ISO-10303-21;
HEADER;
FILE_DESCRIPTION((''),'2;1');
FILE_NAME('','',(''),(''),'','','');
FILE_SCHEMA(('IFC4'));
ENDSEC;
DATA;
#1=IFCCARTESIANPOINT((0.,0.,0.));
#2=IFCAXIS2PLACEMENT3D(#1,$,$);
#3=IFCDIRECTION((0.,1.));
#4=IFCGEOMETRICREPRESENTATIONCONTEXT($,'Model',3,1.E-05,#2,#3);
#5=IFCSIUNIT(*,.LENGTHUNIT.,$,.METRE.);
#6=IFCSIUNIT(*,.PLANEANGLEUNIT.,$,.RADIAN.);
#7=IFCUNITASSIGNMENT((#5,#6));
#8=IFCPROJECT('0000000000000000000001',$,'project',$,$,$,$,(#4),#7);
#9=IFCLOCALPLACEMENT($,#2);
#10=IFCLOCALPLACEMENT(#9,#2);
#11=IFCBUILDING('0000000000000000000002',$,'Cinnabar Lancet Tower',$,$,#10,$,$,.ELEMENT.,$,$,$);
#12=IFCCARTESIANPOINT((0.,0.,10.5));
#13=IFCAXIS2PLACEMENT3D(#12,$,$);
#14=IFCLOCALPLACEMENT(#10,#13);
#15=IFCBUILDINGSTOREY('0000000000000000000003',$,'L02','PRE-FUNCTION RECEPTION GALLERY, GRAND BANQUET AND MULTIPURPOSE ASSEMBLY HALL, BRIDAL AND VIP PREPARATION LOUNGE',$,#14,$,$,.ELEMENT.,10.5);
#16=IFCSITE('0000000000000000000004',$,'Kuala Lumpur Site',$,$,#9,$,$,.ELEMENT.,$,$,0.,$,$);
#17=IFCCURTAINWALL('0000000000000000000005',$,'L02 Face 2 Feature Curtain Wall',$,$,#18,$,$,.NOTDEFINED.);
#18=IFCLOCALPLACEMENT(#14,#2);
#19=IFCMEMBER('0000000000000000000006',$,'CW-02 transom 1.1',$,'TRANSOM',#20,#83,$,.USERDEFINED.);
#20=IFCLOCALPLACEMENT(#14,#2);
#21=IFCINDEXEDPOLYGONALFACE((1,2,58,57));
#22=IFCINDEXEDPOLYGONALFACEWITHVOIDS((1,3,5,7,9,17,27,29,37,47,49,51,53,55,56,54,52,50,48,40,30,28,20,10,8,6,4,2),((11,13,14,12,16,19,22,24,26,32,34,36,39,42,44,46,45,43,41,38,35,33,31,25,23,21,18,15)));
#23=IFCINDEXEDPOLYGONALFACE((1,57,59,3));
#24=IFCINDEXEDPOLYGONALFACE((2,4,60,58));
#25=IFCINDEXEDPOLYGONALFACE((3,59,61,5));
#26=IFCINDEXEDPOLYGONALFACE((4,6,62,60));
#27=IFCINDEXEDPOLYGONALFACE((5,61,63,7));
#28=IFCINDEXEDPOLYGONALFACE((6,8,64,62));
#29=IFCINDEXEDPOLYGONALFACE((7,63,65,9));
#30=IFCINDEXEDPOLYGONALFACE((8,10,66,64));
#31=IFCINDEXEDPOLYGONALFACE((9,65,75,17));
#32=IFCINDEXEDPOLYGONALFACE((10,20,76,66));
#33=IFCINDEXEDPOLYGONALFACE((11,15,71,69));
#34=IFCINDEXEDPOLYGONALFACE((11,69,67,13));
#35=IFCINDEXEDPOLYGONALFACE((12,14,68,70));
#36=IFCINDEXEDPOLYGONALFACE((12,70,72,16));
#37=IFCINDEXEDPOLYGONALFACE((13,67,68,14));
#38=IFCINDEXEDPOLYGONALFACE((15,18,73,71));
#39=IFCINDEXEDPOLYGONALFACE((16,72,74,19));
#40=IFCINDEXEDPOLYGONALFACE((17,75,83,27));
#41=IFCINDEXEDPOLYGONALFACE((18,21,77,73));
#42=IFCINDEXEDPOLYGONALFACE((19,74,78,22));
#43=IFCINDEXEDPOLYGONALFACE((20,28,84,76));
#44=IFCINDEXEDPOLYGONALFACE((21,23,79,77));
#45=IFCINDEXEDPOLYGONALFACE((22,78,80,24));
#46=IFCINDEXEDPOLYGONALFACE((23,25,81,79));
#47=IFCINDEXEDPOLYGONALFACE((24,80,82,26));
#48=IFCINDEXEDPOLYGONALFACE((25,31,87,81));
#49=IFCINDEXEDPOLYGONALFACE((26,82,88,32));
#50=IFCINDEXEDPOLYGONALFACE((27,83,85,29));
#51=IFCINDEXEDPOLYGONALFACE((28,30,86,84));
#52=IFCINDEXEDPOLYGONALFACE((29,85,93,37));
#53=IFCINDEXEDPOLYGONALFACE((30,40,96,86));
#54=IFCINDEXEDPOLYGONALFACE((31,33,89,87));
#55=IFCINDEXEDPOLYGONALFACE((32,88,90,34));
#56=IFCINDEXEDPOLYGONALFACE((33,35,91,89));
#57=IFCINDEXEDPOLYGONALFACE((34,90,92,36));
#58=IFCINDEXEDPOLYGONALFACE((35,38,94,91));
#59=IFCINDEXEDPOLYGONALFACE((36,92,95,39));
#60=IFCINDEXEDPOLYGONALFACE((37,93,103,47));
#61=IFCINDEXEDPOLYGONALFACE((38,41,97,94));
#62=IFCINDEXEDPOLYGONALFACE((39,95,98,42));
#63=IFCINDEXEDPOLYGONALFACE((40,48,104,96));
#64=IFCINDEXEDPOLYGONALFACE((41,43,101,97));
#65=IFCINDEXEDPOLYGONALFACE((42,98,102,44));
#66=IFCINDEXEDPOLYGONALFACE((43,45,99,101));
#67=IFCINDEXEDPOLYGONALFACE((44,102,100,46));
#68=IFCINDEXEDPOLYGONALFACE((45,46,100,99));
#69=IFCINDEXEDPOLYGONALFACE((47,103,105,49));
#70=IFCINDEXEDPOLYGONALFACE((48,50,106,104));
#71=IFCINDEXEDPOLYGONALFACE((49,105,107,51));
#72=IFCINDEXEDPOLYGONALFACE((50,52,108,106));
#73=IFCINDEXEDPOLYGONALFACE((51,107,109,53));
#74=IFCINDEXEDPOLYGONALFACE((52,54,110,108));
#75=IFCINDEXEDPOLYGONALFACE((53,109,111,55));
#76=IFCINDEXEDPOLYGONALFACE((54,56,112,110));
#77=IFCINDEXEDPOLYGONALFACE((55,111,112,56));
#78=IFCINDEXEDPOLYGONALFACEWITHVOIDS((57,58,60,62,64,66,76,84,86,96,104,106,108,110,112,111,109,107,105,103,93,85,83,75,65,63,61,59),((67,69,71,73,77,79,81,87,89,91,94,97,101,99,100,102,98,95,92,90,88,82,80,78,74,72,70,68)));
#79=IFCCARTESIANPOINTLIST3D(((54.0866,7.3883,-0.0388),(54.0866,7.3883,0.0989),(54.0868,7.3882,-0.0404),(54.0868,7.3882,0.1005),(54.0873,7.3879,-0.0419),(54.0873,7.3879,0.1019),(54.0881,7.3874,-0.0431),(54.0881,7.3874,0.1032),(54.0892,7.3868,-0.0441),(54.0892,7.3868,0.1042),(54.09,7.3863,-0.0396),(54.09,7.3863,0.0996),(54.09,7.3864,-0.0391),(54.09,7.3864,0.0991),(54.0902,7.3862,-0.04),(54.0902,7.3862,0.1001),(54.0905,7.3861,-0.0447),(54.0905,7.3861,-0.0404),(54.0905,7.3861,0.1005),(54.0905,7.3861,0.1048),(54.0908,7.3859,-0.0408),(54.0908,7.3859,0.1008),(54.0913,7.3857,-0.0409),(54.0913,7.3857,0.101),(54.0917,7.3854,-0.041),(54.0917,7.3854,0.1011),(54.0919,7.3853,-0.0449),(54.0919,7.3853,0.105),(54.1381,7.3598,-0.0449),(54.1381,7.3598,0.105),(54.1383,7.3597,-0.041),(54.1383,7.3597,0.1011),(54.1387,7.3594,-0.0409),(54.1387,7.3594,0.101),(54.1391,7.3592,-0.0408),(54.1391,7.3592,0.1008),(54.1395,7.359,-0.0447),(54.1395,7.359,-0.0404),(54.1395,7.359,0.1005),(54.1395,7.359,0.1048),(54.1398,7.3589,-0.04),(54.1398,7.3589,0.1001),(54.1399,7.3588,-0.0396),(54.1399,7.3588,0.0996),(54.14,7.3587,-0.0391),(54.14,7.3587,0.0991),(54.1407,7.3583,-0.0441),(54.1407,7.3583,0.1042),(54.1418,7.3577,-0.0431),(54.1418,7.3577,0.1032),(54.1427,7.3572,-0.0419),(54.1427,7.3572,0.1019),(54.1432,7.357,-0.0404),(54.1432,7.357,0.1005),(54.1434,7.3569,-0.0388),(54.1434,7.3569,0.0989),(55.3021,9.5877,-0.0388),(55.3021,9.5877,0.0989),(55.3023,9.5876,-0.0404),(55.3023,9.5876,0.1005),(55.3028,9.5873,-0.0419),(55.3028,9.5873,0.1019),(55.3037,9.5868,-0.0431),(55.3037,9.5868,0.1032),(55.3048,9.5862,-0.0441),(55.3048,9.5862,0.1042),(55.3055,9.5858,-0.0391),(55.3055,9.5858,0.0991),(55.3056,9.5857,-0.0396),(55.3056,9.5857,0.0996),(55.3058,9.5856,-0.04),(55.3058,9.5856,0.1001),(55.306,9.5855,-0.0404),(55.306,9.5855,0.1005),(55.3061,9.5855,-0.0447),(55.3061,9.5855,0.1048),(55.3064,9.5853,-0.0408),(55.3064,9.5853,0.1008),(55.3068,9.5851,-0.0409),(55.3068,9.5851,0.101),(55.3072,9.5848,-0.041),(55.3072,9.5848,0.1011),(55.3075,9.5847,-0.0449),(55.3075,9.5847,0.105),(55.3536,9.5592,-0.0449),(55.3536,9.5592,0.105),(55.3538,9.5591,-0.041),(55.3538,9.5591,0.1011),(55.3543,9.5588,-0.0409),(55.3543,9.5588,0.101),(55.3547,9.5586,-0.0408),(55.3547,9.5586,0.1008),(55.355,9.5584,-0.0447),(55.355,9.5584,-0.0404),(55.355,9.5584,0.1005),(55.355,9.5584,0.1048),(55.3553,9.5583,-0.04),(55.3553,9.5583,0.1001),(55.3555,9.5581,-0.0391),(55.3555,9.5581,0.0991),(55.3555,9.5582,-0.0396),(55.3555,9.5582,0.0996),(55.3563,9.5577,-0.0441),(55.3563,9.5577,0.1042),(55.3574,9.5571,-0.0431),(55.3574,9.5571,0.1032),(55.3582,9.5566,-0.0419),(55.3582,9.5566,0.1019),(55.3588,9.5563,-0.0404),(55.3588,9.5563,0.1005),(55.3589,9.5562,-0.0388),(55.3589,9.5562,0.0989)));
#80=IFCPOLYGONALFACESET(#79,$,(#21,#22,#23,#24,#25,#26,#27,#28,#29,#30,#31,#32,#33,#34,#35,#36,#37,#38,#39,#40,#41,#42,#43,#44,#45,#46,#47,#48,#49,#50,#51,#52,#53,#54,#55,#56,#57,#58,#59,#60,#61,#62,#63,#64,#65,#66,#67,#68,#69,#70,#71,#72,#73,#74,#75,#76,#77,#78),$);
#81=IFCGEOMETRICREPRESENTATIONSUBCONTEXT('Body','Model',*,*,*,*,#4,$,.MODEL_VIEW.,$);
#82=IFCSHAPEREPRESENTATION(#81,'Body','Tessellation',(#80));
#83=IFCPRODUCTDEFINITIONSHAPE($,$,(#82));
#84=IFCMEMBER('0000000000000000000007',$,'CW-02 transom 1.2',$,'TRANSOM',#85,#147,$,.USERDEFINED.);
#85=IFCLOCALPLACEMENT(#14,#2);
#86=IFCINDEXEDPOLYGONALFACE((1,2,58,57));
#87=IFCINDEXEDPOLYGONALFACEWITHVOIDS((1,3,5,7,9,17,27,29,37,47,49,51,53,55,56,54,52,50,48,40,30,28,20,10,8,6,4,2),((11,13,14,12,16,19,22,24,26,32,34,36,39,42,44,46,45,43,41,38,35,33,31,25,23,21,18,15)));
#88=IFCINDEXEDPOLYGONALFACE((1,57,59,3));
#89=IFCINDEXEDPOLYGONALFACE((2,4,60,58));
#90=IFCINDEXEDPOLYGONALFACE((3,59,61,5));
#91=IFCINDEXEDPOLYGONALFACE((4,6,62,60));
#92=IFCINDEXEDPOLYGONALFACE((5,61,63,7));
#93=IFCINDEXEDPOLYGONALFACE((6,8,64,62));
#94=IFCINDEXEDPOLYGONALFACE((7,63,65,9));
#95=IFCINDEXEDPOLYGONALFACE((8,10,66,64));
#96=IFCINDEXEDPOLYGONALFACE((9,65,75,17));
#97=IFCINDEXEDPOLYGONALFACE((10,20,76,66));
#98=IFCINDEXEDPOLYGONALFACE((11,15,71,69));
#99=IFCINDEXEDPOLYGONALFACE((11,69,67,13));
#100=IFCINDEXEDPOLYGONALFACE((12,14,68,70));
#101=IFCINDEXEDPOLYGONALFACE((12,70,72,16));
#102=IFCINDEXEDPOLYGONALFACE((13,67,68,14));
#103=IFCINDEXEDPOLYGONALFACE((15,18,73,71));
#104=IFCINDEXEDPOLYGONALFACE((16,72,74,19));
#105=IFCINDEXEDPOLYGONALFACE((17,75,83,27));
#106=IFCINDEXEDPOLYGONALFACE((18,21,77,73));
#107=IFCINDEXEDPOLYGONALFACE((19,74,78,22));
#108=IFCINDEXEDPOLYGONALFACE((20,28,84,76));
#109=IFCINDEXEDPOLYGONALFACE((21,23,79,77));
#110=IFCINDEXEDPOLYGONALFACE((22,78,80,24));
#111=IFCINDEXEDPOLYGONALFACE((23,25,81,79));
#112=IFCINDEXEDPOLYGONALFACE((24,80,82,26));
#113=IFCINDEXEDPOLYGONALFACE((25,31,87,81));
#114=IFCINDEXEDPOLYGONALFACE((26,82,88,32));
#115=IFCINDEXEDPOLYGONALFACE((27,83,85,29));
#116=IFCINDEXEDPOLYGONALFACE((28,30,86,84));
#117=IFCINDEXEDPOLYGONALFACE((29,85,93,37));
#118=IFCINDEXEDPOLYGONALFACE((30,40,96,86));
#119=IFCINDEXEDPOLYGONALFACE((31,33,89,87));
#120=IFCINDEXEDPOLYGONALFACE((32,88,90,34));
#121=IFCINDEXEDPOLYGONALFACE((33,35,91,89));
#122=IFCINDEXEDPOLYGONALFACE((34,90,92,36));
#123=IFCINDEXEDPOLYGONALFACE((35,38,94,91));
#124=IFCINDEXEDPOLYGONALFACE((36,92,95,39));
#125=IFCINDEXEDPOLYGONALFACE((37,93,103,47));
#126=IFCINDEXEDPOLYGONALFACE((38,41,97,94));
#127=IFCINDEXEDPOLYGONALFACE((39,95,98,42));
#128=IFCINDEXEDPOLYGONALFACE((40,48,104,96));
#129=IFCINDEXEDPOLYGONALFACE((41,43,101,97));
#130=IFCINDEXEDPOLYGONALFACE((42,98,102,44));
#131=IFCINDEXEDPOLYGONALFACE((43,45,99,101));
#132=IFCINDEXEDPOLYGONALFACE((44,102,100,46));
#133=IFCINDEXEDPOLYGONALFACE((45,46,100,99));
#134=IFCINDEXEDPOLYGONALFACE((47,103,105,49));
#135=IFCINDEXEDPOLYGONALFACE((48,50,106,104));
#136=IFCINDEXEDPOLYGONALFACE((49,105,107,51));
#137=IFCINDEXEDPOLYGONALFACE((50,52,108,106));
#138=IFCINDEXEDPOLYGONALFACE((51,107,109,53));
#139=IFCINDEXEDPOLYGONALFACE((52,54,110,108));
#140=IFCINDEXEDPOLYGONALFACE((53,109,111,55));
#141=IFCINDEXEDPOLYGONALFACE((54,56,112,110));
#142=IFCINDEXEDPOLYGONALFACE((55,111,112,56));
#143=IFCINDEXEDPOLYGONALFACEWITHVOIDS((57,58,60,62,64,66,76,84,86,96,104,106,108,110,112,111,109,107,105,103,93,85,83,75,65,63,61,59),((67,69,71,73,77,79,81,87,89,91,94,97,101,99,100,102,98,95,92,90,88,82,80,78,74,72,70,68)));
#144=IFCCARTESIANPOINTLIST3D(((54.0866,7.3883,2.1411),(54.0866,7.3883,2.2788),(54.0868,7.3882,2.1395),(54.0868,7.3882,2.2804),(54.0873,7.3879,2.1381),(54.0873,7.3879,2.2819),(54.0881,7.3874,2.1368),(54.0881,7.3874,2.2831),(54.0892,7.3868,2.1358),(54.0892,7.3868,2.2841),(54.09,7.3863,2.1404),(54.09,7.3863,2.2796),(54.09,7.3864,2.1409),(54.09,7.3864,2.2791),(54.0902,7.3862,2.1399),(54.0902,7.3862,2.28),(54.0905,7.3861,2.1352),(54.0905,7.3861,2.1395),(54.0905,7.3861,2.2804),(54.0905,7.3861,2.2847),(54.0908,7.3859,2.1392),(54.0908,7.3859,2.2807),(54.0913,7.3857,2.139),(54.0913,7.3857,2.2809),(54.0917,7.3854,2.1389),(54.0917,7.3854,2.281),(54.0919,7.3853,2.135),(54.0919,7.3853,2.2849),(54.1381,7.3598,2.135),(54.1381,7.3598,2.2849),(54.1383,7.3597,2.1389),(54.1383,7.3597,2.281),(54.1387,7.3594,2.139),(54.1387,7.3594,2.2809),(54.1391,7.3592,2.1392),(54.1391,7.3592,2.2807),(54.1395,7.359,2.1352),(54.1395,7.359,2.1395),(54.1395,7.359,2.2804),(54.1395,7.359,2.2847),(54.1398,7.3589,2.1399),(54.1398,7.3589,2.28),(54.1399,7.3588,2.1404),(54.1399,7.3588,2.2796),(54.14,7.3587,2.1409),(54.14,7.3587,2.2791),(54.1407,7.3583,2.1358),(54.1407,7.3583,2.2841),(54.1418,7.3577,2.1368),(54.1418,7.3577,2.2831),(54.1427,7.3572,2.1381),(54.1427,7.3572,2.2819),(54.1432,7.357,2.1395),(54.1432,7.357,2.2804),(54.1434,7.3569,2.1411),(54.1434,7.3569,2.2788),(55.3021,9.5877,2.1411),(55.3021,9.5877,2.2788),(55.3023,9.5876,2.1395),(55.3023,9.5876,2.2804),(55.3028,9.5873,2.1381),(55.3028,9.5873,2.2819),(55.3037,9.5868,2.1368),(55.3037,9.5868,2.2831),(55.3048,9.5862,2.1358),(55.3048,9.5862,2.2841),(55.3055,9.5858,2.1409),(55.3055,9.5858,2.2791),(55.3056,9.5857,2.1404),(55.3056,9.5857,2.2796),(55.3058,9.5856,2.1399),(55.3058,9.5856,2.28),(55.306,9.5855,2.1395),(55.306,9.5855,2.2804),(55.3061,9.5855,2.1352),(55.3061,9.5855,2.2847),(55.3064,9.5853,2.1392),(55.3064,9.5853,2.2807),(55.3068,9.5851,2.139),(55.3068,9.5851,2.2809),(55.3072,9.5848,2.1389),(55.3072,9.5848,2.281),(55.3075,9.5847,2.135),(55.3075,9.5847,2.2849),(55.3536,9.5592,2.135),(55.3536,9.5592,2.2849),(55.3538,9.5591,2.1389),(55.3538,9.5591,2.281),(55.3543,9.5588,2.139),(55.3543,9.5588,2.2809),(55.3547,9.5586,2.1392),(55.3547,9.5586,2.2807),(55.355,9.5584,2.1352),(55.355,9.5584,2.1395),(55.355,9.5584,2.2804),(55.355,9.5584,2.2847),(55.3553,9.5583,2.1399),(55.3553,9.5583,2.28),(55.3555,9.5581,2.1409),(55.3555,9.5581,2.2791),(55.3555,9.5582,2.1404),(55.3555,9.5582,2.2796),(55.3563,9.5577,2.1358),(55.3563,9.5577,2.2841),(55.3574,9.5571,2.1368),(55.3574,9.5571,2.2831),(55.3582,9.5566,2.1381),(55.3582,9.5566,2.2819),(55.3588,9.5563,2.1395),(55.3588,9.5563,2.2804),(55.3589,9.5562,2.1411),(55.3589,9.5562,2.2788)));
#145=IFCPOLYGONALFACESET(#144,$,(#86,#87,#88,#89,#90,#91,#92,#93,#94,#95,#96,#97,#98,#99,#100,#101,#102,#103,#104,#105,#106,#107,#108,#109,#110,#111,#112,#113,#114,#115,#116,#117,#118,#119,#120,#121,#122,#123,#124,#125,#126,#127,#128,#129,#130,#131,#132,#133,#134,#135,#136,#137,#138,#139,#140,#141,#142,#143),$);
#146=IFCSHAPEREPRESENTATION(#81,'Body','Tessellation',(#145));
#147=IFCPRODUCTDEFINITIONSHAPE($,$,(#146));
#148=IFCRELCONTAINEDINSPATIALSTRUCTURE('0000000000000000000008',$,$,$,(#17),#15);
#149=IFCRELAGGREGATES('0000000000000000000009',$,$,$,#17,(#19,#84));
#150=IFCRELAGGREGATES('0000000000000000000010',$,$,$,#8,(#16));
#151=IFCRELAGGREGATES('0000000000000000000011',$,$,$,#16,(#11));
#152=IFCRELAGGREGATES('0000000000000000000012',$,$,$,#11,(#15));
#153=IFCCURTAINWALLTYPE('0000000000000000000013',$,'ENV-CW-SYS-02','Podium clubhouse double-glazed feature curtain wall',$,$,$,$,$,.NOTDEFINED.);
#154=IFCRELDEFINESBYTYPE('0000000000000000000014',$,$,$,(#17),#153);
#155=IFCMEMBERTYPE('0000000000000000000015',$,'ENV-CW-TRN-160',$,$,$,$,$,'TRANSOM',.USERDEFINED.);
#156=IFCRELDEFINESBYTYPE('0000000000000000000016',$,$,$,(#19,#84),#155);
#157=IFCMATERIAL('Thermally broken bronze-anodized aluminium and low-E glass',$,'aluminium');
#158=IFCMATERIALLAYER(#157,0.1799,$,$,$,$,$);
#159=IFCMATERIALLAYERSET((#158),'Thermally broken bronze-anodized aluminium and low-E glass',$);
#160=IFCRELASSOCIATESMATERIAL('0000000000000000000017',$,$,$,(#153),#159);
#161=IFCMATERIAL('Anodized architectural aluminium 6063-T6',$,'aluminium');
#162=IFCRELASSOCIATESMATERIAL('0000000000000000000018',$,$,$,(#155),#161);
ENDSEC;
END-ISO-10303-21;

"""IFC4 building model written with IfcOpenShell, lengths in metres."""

from ifc_helpers import new_model, si_unit, direction, frame, origin, origin_2d, place, context, subcontext, project, spatial, hollow_rectangle, extrude, material, layer, layer_set, material_profile, profile_set, type_object, element, aggregate, save


model = new_model("IFC4")

# Units and contexts
model_context = context("Model", 3, precision=1e-05, world=origin(), true_north=direction((0.0, 1.0)))
body_context = subcontext(model_context, "Body", "Model", "MODEL_VIEW")
ifc_project = project(units=[si_unit("LENGTHUNIT", "METRE"), si_unit("PLANEANGLEUNIT", "RADIAN")], contexts=[model_context])

# Site, building, storey
site_placement = place(None, origin())
site = spatial("IfcSite", under=ifc_project, at=site_placement, Name="Kuala Lumpur Site", CompositionType="ELEMENT", RefElevation=0.0)
building_placement = place(site_placement, origin())
building = spatial("IfcBuilding", under=site, at=building_placement, Name="Cinnabar Lancet Tower", CompositionType="ELEMENT")
storey_placement = place(building_placement, frame((0.0, 0.0, 10.5)))
storey = spatial("IfcBuildingStorey", under=building, at=storey_placement, Name="L02", Description="PRE-FUNCTION RECEPTION GALLERY, GRAND BANQUET AND MULTIPURPOSE ASSEMBLY HALL, BRIDAL AND VIP PREPARATION LOUNGE", CompositionType="ELEMENT", Elevation=10.5)

# Curtain wall, members
ifc_material_1 = material(Name="Thermally broken bronze-anodized aluminium and low-E glass", Category="aluminium")
ifc_layer_1 = layer(ifc_material_1, 0.1799)
ifc_layer_set_1 = layer_set([ifc_layer_1], Name="Thermally broken bronze-anodized aluminium and low-E glass")
curtain_wall_type = type_object("IfcCurtainWallType", Name="ENV-CW-SYS-02", Description="Podium clubhouse double-glazed feature curtain wall", PredefinedType="NOTDEFINED", material=ifc_layer_set_1)
curtain_wall_placement = place(storey_placement, origin())
curtain_wall = element("IfcCurtainWall", 1, at=curtain_wall_placement, inside=storey, type_object=curtain_wall_type, Name="L02 Face 2 Feature Curtain Wall", PredefinedType="NOTDEFINED")
ifc_material_2 = material(Name="Anodized architectural aluminium 6063-T6", Category="aluminium")
ifc_material_profile_1 = material_profile(ifc_material_2, hollow_rectangle(XDim=0.0649, YDim=0.1499, WallThickness=0.0039, InnerFilletRadius=0.002, OuterFilletRadius=0.0061, at=origin_2d()), Name="CW-TRN 150x65x4")
ifc_profile_set_1 = profile_set([ifc_material_profile_1], Name="Anodized architectural aluminium 6063-T6")
member_type_1 = type_object("IfcMemberType", Name="ENV-CW-TRN-160", ElementType="TRANSOM", PredefinedType="USERDEFINED", material=ifc_profile_set_1)
member_1_placement = place(storey_placement, frame((54.115, 7.3726, 0.03), z_axis=(0.483712, 0.875227, 0.0), x_axis=(-0.875227, 0.483712, 0.0)))
member_1 = element("IfcMember", 2, at=member_1_placement, type_object=member_type_1, Name="CW-02 transom 1.1", ObjectType="TRANSOM", PredefinedType="USERDEFINED", context=body_context, shape_type="SweptSolid", body=[
    extrude(hollow_rectangle(XDim=0.0649, YDim=0.1499, WallThickness=0.0039, InnerFilletRadius=0.002, OuterFilletRadius=0.0061, at=origin_2d()), origin(), (0.0, 0.0, 1.0), 2.5129),
])
member_2_placement = place(storey_placement, frame((54.115, 7.3726, 2.21), z_axis=(0.483712, 0.875227, 0.0), x_axis=(-0.875227, 0.483712, 0.0)))
member_2 = element("IfcMember", 3, at=member_2_placement, type_object=member_type_1, Name="CW-02 transom 1.2", ObjectType="TRANSOM", PredefinedType="USERDEFINED", context=body_context, shape_type="SweptSolid", body=[
    extrude(hollow_rectangle(XDim=0.0649, YDim=0.1499, WallThickness=0.0039, InnerFilletRadius=0.002, OuterFilletRadius=0.0061, at=origin_2d()), origin(), (0.0, 0.0, 1.0), 2.5129),
])

aggregate(curtain_wall, [member_1, member_2])

save(model, "model.ifc")
